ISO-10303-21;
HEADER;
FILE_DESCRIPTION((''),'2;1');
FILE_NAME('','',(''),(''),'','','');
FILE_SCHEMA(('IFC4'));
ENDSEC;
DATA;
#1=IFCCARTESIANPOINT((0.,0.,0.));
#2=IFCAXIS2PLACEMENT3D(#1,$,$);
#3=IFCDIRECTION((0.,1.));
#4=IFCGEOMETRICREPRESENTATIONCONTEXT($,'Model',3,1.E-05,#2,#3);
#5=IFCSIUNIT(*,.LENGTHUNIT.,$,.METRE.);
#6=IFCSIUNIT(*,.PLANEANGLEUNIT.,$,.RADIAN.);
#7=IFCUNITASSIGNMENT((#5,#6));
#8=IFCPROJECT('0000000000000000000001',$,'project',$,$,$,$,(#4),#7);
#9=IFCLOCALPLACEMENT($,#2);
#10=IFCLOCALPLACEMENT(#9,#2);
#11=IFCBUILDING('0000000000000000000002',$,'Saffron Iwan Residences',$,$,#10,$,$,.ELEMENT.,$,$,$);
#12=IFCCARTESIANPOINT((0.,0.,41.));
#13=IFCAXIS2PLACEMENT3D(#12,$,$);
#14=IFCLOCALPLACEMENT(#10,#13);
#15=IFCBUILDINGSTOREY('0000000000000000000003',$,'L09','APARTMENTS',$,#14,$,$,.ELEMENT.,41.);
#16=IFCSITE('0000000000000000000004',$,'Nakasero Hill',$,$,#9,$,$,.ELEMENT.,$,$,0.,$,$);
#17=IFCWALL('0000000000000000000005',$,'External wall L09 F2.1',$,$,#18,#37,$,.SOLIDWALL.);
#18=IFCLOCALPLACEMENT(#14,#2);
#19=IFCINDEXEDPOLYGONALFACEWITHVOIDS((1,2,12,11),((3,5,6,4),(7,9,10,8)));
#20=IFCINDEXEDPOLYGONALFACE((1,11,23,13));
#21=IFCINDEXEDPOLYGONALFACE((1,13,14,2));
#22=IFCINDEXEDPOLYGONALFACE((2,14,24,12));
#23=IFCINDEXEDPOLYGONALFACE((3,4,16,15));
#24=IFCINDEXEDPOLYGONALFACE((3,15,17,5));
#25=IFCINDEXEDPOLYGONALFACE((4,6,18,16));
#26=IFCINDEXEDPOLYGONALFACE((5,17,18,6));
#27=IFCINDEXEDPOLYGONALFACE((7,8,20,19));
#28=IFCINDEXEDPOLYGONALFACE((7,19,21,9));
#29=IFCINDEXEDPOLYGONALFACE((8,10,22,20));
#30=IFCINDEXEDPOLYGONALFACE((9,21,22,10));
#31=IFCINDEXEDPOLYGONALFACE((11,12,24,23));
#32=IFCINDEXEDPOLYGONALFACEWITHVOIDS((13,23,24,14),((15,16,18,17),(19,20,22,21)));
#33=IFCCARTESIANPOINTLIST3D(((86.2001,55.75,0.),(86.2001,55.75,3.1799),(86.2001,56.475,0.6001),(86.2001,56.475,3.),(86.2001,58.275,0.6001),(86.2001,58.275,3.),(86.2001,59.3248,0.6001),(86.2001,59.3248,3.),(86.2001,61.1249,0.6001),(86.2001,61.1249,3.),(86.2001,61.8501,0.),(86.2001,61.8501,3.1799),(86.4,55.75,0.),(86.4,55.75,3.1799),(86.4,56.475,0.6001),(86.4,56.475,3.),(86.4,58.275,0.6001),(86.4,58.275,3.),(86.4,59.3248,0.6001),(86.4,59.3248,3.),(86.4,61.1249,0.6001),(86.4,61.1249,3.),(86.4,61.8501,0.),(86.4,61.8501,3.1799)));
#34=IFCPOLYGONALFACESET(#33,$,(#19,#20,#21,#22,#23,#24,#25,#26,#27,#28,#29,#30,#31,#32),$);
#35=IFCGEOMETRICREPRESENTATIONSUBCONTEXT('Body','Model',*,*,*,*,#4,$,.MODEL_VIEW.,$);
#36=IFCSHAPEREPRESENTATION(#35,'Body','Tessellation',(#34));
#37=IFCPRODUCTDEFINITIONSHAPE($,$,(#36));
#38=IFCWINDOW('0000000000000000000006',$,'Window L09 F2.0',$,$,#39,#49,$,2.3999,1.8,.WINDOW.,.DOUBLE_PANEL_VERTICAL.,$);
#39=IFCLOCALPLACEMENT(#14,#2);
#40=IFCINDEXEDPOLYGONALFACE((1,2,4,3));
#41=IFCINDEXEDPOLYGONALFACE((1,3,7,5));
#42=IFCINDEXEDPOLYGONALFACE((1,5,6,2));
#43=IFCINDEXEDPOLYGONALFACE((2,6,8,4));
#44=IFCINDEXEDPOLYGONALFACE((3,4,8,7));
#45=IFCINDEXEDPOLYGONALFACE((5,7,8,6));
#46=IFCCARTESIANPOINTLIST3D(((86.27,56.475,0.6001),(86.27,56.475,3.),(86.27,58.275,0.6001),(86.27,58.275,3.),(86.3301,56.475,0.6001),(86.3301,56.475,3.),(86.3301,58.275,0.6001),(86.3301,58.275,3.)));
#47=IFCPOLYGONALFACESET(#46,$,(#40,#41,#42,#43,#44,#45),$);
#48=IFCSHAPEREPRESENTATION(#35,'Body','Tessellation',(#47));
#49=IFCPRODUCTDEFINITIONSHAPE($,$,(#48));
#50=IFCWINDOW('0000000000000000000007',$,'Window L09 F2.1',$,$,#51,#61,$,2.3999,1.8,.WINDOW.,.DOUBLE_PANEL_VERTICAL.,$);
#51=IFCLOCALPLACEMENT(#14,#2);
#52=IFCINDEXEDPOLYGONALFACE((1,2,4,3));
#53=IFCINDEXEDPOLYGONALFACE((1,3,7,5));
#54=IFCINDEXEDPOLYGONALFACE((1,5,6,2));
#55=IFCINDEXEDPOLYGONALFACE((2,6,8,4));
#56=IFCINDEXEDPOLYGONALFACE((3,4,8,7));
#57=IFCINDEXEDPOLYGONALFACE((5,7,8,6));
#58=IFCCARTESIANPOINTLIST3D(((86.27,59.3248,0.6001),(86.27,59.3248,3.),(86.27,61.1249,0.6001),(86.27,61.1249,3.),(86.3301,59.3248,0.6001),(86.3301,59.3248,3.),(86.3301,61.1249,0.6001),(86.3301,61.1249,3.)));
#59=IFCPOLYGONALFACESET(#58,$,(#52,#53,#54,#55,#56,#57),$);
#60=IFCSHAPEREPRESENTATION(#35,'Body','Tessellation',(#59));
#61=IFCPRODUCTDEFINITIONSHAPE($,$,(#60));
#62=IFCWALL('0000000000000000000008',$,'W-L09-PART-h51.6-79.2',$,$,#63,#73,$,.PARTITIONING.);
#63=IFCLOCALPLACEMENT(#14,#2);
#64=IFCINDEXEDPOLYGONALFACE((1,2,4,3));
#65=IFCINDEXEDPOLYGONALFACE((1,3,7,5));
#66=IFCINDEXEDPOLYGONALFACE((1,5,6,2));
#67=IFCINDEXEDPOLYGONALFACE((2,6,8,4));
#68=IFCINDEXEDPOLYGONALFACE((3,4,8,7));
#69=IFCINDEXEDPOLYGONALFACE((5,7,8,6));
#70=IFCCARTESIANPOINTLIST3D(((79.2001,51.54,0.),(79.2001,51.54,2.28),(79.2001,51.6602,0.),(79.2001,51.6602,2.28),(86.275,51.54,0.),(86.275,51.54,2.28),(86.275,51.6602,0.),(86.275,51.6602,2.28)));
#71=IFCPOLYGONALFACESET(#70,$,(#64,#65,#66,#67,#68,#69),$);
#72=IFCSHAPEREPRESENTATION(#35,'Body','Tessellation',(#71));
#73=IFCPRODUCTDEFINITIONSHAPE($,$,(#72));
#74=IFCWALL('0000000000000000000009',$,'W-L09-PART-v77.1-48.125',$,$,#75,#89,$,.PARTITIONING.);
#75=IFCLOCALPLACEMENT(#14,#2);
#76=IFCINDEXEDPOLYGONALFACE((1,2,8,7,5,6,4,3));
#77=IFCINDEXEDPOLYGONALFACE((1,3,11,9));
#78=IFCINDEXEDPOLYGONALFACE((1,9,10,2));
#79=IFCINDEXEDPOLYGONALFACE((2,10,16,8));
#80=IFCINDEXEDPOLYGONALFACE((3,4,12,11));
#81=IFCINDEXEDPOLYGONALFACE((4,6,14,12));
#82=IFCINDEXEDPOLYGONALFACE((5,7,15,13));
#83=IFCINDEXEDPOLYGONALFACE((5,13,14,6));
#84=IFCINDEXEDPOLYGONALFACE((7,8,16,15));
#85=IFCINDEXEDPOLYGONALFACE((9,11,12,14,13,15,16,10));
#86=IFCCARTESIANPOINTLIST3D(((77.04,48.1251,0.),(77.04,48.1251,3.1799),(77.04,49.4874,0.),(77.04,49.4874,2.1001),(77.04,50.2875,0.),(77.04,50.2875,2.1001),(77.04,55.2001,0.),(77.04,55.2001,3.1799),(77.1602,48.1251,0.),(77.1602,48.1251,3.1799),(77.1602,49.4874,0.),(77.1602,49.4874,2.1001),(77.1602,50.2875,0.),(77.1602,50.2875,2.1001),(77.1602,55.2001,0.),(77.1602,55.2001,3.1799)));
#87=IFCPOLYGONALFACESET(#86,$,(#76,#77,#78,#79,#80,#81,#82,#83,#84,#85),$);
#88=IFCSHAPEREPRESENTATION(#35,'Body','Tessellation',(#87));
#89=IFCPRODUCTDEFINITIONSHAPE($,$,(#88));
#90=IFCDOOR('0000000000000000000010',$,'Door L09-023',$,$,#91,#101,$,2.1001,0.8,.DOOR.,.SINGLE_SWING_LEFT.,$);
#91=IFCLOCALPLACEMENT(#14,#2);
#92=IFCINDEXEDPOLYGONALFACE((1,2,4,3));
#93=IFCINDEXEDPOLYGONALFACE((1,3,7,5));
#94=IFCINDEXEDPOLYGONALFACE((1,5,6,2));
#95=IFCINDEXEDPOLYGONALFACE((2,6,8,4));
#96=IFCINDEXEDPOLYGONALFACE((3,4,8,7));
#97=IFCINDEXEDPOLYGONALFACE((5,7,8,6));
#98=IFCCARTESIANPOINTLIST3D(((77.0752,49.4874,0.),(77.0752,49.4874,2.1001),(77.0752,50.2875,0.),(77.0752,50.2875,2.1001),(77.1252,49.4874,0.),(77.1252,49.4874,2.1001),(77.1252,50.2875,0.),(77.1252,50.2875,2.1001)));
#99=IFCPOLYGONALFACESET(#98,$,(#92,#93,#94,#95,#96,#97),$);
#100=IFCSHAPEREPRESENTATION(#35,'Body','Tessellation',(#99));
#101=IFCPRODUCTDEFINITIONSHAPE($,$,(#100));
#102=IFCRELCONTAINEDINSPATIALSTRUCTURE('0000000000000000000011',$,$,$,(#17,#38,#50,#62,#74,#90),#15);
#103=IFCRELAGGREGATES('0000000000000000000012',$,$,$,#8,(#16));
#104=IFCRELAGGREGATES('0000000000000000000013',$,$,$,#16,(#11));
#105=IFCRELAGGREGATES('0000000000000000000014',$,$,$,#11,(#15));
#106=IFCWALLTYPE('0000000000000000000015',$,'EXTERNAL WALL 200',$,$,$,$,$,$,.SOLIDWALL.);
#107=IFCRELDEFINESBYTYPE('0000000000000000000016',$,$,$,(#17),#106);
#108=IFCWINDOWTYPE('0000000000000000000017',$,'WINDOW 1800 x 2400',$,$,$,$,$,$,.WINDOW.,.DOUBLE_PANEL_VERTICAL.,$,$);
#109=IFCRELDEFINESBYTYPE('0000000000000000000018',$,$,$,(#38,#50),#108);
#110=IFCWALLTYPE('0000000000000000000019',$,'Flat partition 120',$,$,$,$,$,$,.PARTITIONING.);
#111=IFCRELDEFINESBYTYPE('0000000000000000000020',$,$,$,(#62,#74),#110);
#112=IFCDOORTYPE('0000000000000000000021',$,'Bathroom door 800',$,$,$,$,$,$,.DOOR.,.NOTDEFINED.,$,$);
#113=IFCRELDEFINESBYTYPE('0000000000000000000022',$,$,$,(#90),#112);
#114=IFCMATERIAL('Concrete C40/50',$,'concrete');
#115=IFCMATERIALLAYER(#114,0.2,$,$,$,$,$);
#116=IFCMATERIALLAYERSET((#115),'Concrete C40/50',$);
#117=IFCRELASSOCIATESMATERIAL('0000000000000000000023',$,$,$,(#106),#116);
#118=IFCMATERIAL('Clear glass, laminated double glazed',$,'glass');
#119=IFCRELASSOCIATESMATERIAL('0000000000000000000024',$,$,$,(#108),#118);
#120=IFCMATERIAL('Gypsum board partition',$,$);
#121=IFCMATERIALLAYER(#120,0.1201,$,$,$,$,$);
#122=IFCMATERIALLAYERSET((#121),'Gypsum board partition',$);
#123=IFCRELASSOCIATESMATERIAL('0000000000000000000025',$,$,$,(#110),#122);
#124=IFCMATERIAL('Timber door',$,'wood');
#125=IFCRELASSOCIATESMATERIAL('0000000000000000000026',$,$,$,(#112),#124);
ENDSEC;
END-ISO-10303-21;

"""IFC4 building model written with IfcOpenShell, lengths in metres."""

from ifc_helpers import new_model, si_unit, direction, frame, frame_2d, origin, place, context, subcontext, project, spatial, rectangle, extrude, material, layer, layer_set, type_object, element, fill, save


model = new_model("IFC4")

# Units and contexts
model_context = context("Model", 3, precision=1e-05, world=origin(), true_north=direction((0.0, 1.0)))
body_context = subcontext(model_context, "Body", "Model", "MODEL_VIEW")
ifc_project = project(units=[si_unit("LENGTHUNIT", "METRE"), si_unit("PLANEANGLEUNIT", "RADIAN")], contexts=[model_context])

# Site, building, storey
site_placement = place(None, origin())
site = spatial("IfcSite", under=ifc_project, at=site_placement, Name="Nakasero Hill", CompositionType="ELEMENT", RefElevation=0.0)
building_placement = place(site_placement, origin())
building = spatial("IfcBuilding", under=site, at=building_placement, Name="Saffron Iwan Residences", CompositionType="ELEMENT")
storey_placement = place(building_placement, frame((0.0, 0.0, 41.0)))
storey = spatial("IfcBuildingStorey", under=building, at=storey_placement, Name="L09", Description="APARTMENTS", CompositionType="ELEMENT", Elevation=41.0)

# Shared definitions
ifc_material_1 = material(Name="Concrete C40/50", Category="concrete")
ifc_layer_1 = layer(ifc_material_1, 0.2)
ifc_layer_set_1 = layer_set([ifc_layer_1], Name="Concrete C40/50")
wall_type_1 = type_object("IfcWallType", Name="EXTERNAL WALL 200", PredefinedType="SOLIDWALL", material=ifc_layer_set_1)
ifc_material_2 = material(Name="Clear glass, laminated double glazed", Category="glass")

# Wall, openings, windows
window_type_1 = type_object("IfcWindowType", Name="WINDOW 1800 x 2400", PartitioningType="DOUBLE_PANEL_VERTICAL", PredefinedType="WINDOW", material=ifc_material_2)
wall_1_placement = place(storey_placement, frame((86.3, 55.75, 0.0), z_axis=(0.0, 0.0, 1.0), x_axis=(0.0, 1.0, 0.0)))
wall_1 = element("IfcWall", 1, at=wall_1_placement, inside=storey, type_object=wall_type_1, Name="External wall L09 F2.1", PredefinedType="SOLIDWALL", context=body_context, shape_type="SweptSolid", body=[
    extrude(rectangle(XDim=6.1001, YDim=0.2, at=frame_2d((3.05, 0.0))), origin(), (0.0, 0.0, 1.0), 3.1799),
])
opening_1_placement = place(wall_1_placement, frame((0.7251, 0.0, 0.6001)))
opening_1 = element("IfcOpeningElement", 2, at=opening_1_placement, cuts=wall_1, PredefinedType="OPENING", context=body_context, shape_type="SweptSolid", body=[
    extrude(rectangle(XDim=1.8, YDim=2.3999, at=frame_2d((0.8999, 1.2))), frame((0.0, 0.1099, 0.0), z_axis=(0.0, -1.0, 0.0), x_axis=(1.0, 0.0, 0.0)), (0.0, 0.0, 1.0), 0.22),
])
opening_2_placement = place(wall_1_placement, frame((3.575, 0.0, 0.6001)))
opening_2 = element("IfcOpeningElement", 3, at=opening_2_placement, cuts=wall_1, PredefinedType="OPENING", context=body_context, shape_type="SweptSolid", body=[
    extrude(rectangle(XDim=1.8, YDim=2.3999, at=frame_2d((0.8999, 1.2))), frame((0.0, 0.1099, 0.0), z_axis=(0.0, -1.0, 0.0), x_axis=(1.0, 0.0, 0.0)), (0.0, 0.0, 1.0), 0.22),
])
window_1_placement = place(opening_1_placement, origin())
window_1 = element("IfcWindow", 4, at=window_1_placement, inside=storey, type_object=window_type_1, Name="Window L09 F2.0", OverallHeight=2.3999, OverallWidth=1.8, PartitioningType="DOUBLE_PANEL_VERTICAL", PredefinedType="WINDOW", context=body_context, shape_type="SweptSolid", body=[
    extrude(rectangle(XDim=1.8, YDim=2.3999, at=frame_2d((0.8999, 1.2))), frame((0.0, 0.03, 0.0), z_axis=(0.0, -1.0, 0.0), x_axis=(1.0, 0.0, 0.0)), (0.0, 0.0, 1.0), 0.0601),
])
fill(opening_1, window_1)
window_2_placement = place(opening_2_placement, origin())
window_2 = element("IfcWindow", 5, at=window_2_placement, inside=storey, type_object=window_type_1, Name="Window L09 F2.1", OverallHeight=2.3999, OverallWidth=1.8, PartitioningType="DOUBLE_PANEL_VERTICAL", PredefinedType="WINDOW", context=body_context, shape_type="SweptSolid", body=[
    extrude(rectangle(XDim=1.8, YDim=2.3999, at=frame_2d((0.8999, 1.2))), frame((0.0, 0.03, 0.0), z_axis=(0.0, -1.0, 0.0), x_axis=(1.0, 0.0, 0.0)), (0.0, 0.0, 1.0), 0.0601),
])
fill(opening_2, window_2)

# Wall
ifc_material_3 = material(Name="Gypsum board partition")
ifc_layer_2 = layer(ifc_material_3, 0.1201)
ifc_layer_set_2 = layer_set([ifc_layer_2], Name="Gypsum board partition")
wall_type_2 = type_object("IfcWallType", Name="Flat partition 120", PredefinedType="PARTITIONING", material=ifc_layer_set_2)
wall_2_placement = place(storey_placement, frame((79.2, 51.6001, 0.0), z_axis=(0.0, 0.0, 1.0), x_axis=(1.0, 0.0, 0.0)))
element("IfcWall", 6, at=wall_2_placement, inside=storey, type_object=wall_type_2, Name="W-L09-PART-h51.6-79.2", PredefinedType="PARTITIONING", context=body_context, shape_type="SweptSolid", body=[
    extrude(rectangle(XDim=7.075, YDim=0.1201, at=frame_2d((3.5376, 0.0))), origin(), (0.0, 0.0, 1.0), 2.28),
])

# Wall, opening, door
wall_3_placement = place(storey_placement, frame((77.1001, 48.125, 0.0), z_axis=(0.0, 0.0, 1.0), x_axis=(0.0, 1.0, 0.0)))
wall_3 = element("IfcWall", 7, at=wall_3_placement, inside=storey, type_object=wall_type_2, Name="W-L09-PART-v77.1-48.125", PredefinedType="PARTITIONING", context=body_context, shape_type="SweptSolid", body=[
    extrude(rectangle(XDim=7.075, YDim=0.1201, at=frame_2d((3.5376, 0.0))), origin(), (0.0, 0.0, 1.0), 3.1799),
])
opening_3_placement = place(wall_3_placement, frame((1.3625, 0.0, 0.0)))
opening_3 = element("IfcOpeningElement", 8, at=opening_3_placement, cuts=wall_3, PredefinedType="OPENING", context=body_context, shape_type="SweptSolid", body=[
    extrude(rectangle(XDim=0.8, YDim=2.1001, at=frame_2d((0.3999, 1.05))), frame((0.0, 0.0701, 0.0), z_axis=(0.0, -1.0, 0.0), x_axis=(1.0, 0.0, 0.0)), (0.0, 0.0, 1.0), 0.1401),
])
ifc_material_4 = material(Name="Timber door", Category="wood")
door_type_1 = type_object("IfcDoorType", Name="Bathroom door 800", OperationType="NOTDEFINED", PredefinedType="DOOR", material=ifc_material_4)
door_1_placement = place(opening_3_placement, origin())
door_1 = element("IfcDoor", 9, at=door_1_placement, inside=storey, type_object=door_type_1, Name="Door L09-023", OperationType="SINGLE_SWING_LEFT", OverallHeight=2.1001, OverallWidth=0.8, PredefinedType="DOOR", context=body_context, shape_type="SweptSolid", body=[
    extrude(rectangle(XDim=0.8, YDim=2.1001, at=frame_2d((0.3999, 1.05))), frame((0.0, 0.0249, 0.0), z_axis=(0.0, -1.0, 0.0), x_axis=(1.0, 0.0, 0.0)), (0.0, 0.0, 1.0), 0.05),
])
fill(opening_3, door_1)

save(model, "model.ifc")
